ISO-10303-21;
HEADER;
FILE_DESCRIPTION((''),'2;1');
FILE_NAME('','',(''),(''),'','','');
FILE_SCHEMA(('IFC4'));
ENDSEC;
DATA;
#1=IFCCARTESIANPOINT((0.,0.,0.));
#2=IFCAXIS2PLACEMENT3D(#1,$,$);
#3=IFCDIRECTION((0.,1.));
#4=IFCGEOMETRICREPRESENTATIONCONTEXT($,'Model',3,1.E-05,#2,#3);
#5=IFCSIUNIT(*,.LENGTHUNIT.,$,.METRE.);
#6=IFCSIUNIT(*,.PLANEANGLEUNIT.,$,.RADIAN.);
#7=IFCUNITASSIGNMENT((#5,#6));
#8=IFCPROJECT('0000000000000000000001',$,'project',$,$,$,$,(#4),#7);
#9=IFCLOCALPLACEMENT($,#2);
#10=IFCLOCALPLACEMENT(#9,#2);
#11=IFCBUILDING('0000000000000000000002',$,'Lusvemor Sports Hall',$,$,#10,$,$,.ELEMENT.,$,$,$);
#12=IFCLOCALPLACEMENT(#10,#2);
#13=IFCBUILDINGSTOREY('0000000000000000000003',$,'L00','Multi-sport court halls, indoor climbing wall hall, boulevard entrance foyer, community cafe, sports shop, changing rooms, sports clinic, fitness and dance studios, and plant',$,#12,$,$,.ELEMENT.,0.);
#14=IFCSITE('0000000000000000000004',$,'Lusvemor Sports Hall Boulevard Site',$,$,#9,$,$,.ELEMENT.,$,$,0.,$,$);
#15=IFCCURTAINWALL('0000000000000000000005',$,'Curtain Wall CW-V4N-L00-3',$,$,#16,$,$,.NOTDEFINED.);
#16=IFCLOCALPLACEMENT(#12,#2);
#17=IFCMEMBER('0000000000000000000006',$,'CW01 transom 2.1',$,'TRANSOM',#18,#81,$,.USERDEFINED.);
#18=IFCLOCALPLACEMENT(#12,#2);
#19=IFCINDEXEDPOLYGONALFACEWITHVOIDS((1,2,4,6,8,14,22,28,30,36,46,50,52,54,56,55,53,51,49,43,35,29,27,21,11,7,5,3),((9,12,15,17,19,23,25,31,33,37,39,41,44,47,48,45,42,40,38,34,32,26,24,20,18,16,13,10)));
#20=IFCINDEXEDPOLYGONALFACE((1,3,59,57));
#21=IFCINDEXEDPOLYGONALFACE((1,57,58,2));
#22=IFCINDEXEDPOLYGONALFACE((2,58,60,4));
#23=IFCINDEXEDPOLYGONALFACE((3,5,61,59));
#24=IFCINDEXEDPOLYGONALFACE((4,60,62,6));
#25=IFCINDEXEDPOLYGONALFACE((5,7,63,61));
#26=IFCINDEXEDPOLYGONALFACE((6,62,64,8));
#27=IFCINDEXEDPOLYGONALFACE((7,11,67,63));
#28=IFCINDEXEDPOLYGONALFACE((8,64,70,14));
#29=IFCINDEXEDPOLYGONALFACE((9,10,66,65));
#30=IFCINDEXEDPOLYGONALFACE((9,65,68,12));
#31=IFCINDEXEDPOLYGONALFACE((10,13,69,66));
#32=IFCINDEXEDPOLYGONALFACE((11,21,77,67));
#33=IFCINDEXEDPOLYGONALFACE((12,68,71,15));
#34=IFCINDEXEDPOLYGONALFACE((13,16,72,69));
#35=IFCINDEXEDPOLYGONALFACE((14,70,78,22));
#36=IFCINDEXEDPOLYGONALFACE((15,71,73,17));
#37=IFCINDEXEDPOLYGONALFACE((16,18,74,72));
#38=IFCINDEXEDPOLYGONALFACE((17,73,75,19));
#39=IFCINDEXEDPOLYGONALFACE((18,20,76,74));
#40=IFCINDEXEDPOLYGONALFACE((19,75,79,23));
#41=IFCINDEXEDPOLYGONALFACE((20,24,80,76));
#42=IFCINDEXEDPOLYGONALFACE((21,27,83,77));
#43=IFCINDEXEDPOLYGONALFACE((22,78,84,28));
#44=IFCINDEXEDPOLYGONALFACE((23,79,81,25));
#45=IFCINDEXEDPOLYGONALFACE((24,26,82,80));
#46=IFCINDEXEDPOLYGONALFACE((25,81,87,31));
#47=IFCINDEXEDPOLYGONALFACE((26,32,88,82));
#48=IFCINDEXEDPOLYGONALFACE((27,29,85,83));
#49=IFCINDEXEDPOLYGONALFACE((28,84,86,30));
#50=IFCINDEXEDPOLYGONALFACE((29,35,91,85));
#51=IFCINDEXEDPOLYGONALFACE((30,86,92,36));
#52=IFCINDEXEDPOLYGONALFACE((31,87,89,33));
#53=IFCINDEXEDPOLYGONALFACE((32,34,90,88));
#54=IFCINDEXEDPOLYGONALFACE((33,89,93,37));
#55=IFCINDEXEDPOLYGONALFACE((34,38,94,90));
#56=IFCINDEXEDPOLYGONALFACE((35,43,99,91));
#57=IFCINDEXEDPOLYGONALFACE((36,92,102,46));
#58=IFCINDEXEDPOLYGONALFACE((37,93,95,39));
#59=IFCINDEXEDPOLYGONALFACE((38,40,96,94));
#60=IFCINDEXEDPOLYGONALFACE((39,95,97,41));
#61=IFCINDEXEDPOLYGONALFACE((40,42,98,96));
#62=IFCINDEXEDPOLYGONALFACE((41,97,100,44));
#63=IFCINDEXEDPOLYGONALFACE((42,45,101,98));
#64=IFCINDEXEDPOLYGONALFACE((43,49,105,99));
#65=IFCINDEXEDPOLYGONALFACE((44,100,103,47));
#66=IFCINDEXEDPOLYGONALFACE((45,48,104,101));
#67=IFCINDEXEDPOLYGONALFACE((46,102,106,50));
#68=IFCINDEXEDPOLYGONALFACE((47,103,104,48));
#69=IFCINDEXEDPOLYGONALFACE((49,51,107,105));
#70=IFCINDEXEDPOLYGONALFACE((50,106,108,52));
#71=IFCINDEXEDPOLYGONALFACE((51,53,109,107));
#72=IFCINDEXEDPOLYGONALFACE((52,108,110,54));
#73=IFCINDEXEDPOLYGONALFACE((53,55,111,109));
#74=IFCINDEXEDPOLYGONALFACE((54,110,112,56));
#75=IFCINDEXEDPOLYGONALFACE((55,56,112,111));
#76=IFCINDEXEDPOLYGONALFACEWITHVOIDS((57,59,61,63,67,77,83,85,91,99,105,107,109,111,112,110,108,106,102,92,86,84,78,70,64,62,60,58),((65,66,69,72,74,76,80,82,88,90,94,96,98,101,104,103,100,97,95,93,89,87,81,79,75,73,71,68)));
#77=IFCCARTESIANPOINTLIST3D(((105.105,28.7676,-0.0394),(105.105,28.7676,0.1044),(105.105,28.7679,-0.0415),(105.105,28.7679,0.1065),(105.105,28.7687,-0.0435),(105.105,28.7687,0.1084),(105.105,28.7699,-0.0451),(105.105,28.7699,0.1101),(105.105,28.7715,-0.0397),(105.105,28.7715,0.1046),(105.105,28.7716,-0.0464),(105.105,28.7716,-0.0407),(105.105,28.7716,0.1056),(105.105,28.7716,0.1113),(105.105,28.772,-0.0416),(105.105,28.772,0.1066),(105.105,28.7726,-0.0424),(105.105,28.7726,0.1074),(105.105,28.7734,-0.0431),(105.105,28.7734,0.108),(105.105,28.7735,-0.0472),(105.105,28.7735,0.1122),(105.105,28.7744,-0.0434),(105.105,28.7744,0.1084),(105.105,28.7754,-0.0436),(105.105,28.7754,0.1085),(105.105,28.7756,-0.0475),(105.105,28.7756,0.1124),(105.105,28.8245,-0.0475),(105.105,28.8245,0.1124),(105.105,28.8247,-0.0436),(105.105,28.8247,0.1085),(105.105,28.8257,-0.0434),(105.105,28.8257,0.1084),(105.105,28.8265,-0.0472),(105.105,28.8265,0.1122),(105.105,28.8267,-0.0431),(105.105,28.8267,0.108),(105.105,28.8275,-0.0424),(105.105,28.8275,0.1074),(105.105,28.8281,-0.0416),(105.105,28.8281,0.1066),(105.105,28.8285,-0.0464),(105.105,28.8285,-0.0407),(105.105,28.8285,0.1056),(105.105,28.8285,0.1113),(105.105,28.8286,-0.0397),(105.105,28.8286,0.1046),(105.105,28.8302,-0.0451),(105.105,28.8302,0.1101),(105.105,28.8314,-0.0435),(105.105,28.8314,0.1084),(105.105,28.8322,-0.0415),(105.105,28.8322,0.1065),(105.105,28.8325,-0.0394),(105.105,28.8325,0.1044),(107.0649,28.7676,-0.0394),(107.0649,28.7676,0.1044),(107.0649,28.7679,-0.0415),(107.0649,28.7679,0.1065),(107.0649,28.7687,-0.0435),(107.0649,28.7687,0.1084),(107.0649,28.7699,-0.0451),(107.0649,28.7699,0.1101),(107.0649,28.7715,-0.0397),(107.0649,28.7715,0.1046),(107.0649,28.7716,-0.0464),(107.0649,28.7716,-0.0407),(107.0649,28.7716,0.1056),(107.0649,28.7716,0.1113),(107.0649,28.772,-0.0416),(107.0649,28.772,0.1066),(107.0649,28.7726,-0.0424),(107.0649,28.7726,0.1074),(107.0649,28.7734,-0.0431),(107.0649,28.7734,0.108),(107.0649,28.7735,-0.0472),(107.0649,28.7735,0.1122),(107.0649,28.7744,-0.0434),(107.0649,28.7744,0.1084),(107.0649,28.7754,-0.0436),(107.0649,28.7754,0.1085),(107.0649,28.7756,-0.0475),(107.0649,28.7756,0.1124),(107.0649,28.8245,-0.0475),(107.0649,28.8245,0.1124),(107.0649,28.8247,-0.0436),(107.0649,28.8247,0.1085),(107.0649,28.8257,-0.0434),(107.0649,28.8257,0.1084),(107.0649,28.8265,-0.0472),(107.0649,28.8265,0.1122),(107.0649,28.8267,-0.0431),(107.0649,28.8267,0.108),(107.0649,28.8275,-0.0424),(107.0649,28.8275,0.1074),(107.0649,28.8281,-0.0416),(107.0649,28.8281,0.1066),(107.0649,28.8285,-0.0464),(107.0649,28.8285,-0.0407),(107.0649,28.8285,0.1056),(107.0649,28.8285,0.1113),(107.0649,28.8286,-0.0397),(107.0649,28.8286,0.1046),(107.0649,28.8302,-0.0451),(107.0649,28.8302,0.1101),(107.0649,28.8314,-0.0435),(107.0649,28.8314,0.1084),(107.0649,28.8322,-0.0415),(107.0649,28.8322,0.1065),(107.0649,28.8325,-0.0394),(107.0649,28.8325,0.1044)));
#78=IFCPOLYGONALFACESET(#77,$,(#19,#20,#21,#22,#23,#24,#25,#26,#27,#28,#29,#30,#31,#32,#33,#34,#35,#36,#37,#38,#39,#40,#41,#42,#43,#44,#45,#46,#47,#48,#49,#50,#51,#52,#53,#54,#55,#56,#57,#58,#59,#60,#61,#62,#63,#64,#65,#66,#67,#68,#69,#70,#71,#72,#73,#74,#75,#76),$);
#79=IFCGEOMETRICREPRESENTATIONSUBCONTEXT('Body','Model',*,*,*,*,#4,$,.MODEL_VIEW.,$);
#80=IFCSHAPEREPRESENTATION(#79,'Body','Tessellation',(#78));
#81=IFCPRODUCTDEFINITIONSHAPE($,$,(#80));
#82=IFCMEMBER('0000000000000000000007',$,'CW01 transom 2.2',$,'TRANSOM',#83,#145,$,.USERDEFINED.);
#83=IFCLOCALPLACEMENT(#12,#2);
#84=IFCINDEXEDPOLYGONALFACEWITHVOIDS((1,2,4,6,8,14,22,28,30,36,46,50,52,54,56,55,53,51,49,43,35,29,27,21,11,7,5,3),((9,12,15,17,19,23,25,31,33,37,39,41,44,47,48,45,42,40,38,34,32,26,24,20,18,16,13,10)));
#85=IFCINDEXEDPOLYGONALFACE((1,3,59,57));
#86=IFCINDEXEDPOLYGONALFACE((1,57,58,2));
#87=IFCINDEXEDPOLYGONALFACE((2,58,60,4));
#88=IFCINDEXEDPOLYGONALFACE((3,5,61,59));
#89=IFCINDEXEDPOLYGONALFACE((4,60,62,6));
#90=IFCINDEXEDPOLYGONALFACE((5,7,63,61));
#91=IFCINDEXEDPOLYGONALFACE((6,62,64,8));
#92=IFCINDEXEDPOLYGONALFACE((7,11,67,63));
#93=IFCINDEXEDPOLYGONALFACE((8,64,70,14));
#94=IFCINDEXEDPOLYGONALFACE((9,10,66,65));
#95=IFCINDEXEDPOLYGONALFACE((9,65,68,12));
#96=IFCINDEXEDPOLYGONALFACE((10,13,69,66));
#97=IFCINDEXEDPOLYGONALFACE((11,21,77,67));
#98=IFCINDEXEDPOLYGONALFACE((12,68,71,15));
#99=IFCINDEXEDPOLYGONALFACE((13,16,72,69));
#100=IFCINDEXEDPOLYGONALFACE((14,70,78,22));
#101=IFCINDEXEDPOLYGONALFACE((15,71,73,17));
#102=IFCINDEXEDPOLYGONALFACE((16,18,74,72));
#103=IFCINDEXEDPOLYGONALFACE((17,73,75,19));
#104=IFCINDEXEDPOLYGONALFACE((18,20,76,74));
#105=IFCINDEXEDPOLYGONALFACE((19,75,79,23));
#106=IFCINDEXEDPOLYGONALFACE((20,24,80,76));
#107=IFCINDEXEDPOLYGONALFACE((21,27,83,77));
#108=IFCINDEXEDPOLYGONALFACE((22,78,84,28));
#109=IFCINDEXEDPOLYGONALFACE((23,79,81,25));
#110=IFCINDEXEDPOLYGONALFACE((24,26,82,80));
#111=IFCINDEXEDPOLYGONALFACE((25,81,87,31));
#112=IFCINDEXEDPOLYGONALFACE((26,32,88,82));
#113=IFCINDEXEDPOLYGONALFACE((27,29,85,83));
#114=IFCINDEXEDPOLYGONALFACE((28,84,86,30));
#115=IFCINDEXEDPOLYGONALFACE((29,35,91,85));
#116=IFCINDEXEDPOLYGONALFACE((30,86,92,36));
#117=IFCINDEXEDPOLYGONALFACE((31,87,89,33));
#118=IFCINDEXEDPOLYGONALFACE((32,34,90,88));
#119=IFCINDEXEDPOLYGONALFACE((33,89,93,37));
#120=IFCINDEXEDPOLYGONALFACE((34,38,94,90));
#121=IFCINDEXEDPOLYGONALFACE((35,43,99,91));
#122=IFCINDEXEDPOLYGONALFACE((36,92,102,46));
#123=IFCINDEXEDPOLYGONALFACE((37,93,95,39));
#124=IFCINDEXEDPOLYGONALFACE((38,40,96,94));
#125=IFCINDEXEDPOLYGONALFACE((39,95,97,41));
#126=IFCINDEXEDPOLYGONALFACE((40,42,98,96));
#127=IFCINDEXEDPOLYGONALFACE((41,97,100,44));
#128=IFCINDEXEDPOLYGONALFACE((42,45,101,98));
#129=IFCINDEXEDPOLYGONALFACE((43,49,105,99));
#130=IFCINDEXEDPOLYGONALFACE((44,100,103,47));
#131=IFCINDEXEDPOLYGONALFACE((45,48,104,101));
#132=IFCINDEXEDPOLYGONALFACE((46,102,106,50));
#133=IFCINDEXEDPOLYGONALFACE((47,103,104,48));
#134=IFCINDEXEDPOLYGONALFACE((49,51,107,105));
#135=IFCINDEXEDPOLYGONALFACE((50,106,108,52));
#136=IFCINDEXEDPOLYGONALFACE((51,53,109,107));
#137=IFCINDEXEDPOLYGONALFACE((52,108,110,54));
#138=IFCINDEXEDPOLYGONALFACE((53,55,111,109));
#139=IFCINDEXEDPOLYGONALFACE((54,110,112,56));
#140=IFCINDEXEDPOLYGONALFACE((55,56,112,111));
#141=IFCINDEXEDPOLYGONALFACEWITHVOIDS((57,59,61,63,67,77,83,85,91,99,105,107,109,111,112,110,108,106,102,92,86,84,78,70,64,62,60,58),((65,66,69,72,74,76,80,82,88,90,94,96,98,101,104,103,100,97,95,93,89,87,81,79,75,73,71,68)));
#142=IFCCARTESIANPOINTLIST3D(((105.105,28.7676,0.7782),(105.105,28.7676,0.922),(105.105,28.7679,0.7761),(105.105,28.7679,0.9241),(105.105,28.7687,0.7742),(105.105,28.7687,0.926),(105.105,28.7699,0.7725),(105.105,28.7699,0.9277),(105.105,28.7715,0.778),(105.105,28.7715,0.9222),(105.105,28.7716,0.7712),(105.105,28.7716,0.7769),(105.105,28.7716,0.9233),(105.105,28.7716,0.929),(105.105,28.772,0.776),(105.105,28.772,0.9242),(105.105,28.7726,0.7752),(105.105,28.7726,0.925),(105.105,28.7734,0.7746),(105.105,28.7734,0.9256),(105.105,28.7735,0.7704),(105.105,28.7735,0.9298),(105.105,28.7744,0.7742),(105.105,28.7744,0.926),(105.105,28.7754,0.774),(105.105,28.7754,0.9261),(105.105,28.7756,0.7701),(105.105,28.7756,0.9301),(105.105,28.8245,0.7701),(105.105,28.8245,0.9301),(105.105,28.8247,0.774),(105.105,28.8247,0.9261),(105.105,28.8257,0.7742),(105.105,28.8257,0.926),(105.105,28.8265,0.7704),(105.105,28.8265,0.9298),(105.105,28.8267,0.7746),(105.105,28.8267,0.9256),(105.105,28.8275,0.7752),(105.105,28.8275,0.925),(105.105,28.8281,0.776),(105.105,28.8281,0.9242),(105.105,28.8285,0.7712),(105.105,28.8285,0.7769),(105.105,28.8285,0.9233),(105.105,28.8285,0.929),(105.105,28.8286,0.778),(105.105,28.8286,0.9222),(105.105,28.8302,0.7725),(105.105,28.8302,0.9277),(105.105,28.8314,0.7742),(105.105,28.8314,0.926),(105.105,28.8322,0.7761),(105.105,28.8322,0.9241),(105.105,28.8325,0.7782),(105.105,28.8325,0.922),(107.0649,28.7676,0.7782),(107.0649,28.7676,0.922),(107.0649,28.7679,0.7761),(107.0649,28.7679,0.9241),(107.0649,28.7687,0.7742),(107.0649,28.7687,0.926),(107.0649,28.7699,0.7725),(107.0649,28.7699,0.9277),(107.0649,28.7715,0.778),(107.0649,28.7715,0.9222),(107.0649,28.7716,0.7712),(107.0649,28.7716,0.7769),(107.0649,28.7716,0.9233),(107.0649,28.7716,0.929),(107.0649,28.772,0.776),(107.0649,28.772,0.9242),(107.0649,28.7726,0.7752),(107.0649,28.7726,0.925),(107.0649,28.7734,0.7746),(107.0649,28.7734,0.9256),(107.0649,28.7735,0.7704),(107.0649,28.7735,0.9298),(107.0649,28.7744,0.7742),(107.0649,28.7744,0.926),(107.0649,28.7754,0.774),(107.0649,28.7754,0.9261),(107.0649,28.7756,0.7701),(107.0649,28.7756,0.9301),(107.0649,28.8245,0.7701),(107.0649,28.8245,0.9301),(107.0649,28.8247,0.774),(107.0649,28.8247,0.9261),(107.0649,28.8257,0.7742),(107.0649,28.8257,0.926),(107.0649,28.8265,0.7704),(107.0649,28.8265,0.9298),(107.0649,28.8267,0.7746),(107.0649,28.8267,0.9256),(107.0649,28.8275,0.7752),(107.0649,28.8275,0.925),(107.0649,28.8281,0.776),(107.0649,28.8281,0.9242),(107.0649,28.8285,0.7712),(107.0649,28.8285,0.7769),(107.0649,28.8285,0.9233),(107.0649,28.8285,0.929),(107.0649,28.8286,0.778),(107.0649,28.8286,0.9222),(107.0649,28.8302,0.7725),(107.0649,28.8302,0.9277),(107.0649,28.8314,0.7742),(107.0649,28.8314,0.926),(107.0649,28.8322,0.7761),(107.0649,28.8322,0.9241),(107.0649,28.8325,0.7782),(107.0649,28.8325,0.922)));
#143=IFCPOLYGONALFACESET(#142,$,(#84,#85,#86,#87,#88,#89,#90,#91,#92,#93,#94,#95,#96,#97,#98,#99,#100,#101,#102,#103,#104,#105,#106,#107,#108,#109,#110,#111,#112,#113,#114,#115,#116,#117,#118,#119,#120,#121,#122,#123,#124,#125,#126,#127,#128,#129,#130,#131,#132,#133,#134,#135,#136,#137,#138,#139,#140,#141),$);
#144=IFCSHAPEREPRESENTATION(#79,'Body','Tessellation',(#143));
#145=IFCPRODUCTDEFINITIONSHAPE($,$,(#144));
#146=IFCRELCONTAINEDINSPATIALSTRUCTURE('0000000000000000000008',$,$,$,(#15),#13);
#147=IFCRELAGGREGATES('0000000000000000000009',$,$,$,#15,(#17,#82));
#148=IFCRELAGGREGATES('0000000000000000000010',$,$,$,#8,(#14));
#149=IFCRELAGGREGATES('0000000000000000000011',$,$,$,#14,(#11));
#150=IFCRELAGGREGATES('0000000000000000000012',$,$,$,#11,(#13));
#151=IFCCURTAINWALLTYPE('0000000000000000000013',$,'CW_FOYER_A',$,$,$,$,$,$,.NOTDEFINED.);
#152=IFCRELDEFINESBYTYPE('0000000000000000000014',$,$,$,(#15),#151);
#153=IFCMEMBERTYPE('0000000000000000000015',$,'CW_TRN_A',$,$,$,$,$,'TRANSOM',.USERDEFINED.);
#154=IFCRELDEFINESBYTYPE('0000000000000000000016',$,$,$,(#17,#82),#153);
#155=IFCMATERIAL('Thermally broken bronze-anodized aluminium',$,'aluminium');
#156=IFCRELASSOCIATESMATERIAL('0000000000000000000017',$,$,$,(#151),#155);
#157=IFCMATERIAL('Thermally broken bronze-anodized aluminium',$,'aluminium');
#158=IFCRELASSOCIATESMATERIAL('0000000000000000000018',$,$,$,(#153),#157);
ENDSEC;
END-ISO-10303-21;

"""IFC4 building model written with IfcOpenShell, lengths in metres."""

from ifc_helpers import new_model, si_unit, direction, frame, origin, origin_2d, place, context, subcontext, project, spatial, hollow_rectangle, extrude, material, material_profile, profile_set, type_object, element, aggregate, save


model = new_model("IFC4")

# Units and contexts
model_context = context("Model", 3, precision=1e-05, world=origin(), true_north=direction((0.0, 1.0)))
body_context = subcontext(model_context, "Body", "Model", "MODEL_VIEW")
ifc_project = project(units=[si_unit("LENGTHUNIT", "METRE"), si_unit("PLANEANGLEUNIT", "RADIAN")], contexts=[model_context])

# Site, building, storey
site_placement = place(None, origin())
site = spatial("IfcSite", under=ifc_project, at=site_placement, Name="Lusvemor Sports Hall Boulevard Site", CompositionType="ELEMENT", RefElevation=0.0)
building_placement = place(site_placement, origin())
building = spatial("IfcBuilding", under=site, at=building_placement, Name="Lusvemor Sports Hall", CompositionType="ELEMENT")
storey_placement = place(building_placement, origin())
storey = spatial("IfcBuildingStorey", under=building, at=storey_placement, Name="L00", Description="Multi-sport court halls, indoor climbing wall hall, boulevard entrance foyer, community cafe, sports shop, changing rooms, sports clinic, fitness and dance studios, and plant", CompositionType="ELEMENT", Elevation=0.0)

# Curtain wall, members
ifc_material_1 = material(Name="Thermally broken bronze-anodized aluminium", Category="aluminium")
curtain_wall_type = type_object("IfcCurtainWallType", Name="CW_FOYER_A", PredefinedType="NOTDEFINED", material=ifc_material_1)
curtain_wall_placement = place(storey_placement, origin())
curtain_wall = element("IfcCurtainWall", 1, at=curtain_wall_placement, inside=storey, type_object=curtain_wall_type, Name="Curtain Wall CW-V4N-L00-3", PredefinedType="NOTDEFINED")
ifc_material_2 = material(Name="Thermally broken bronze-anodized aluminium", Category="aluminium")
ifc_material_profile_1 = material_profile(ifc_material_2, hollow_rectangle(XDim=0.0649, YDim=0.1599, WallThickness=0.0039, InnerFilletRadius=0.0039, OuterFilletRadius=0.0081, at=origin_2d()), Name="CWTRN160x65x4")
ifc_profile_set_1 = profile_set([ifc_material_profile_1], Name="Thermally broken bronze-anodized aluminium")
member_type_1 = type_object("IfcMemberType", Name="CW_TRN_A", ElementType="TRANSOM", PredefinedType="USERDEFINED", material=ifc_profile_set_1)
member_1_placement = place(storey_placement, frame((105.105, 28.8, 0.0325), z_axis=(1.0, 0.0, 0.0), x_axis=(0.0, 1.0, 0.0)))
member_1 = element("IfcMember", 2, at=member_1_placement, type_object=member_type_1, Name="CW01 transom 2.1", ObjectType="TRANSOM", PredefinedType="USERDEFINED", context=body_context, shape_type="SweptSolid", body=[
    extrude(hollow_rectangle(XDim=0.0649, YDim=0.1599, WallThickness=0.0039, InnerFilletRadius=0.0039, OuterFilletRadius=0.0081, at=origin_2d()), origin(), (0.0, 0.0, 1.0), 1.96),
])
member_2_placement = place(storey_placement, frame((105.105, 28.8, 0.8501), z_axis=(1.0, 0.0, 0.0), x_axis=(0.0, 1.0, 0.0)))
member_2 = element("IfcMember", 3, at=member_2_placement, type_object=member_type_1, Name="CW01 transom 2.2", ObjectType="TRANSOM", PredefinedType="USERDEFINED", context=body_context, shape_type="SweptSolid", body=[
    extrude(hollow_rectangle(XDim=0.0649, YDim=0.1599, WallThickness=0.0039, InnerFilletRadius=0.0039, OuterFilletRadius=0.0081, at=origin_2d()), origin(), (0.0, 0.0, 1.0), 1.96),
])
aggregate(curtain_wall, [member_1, member_2])

save(model, "model.ifc")
